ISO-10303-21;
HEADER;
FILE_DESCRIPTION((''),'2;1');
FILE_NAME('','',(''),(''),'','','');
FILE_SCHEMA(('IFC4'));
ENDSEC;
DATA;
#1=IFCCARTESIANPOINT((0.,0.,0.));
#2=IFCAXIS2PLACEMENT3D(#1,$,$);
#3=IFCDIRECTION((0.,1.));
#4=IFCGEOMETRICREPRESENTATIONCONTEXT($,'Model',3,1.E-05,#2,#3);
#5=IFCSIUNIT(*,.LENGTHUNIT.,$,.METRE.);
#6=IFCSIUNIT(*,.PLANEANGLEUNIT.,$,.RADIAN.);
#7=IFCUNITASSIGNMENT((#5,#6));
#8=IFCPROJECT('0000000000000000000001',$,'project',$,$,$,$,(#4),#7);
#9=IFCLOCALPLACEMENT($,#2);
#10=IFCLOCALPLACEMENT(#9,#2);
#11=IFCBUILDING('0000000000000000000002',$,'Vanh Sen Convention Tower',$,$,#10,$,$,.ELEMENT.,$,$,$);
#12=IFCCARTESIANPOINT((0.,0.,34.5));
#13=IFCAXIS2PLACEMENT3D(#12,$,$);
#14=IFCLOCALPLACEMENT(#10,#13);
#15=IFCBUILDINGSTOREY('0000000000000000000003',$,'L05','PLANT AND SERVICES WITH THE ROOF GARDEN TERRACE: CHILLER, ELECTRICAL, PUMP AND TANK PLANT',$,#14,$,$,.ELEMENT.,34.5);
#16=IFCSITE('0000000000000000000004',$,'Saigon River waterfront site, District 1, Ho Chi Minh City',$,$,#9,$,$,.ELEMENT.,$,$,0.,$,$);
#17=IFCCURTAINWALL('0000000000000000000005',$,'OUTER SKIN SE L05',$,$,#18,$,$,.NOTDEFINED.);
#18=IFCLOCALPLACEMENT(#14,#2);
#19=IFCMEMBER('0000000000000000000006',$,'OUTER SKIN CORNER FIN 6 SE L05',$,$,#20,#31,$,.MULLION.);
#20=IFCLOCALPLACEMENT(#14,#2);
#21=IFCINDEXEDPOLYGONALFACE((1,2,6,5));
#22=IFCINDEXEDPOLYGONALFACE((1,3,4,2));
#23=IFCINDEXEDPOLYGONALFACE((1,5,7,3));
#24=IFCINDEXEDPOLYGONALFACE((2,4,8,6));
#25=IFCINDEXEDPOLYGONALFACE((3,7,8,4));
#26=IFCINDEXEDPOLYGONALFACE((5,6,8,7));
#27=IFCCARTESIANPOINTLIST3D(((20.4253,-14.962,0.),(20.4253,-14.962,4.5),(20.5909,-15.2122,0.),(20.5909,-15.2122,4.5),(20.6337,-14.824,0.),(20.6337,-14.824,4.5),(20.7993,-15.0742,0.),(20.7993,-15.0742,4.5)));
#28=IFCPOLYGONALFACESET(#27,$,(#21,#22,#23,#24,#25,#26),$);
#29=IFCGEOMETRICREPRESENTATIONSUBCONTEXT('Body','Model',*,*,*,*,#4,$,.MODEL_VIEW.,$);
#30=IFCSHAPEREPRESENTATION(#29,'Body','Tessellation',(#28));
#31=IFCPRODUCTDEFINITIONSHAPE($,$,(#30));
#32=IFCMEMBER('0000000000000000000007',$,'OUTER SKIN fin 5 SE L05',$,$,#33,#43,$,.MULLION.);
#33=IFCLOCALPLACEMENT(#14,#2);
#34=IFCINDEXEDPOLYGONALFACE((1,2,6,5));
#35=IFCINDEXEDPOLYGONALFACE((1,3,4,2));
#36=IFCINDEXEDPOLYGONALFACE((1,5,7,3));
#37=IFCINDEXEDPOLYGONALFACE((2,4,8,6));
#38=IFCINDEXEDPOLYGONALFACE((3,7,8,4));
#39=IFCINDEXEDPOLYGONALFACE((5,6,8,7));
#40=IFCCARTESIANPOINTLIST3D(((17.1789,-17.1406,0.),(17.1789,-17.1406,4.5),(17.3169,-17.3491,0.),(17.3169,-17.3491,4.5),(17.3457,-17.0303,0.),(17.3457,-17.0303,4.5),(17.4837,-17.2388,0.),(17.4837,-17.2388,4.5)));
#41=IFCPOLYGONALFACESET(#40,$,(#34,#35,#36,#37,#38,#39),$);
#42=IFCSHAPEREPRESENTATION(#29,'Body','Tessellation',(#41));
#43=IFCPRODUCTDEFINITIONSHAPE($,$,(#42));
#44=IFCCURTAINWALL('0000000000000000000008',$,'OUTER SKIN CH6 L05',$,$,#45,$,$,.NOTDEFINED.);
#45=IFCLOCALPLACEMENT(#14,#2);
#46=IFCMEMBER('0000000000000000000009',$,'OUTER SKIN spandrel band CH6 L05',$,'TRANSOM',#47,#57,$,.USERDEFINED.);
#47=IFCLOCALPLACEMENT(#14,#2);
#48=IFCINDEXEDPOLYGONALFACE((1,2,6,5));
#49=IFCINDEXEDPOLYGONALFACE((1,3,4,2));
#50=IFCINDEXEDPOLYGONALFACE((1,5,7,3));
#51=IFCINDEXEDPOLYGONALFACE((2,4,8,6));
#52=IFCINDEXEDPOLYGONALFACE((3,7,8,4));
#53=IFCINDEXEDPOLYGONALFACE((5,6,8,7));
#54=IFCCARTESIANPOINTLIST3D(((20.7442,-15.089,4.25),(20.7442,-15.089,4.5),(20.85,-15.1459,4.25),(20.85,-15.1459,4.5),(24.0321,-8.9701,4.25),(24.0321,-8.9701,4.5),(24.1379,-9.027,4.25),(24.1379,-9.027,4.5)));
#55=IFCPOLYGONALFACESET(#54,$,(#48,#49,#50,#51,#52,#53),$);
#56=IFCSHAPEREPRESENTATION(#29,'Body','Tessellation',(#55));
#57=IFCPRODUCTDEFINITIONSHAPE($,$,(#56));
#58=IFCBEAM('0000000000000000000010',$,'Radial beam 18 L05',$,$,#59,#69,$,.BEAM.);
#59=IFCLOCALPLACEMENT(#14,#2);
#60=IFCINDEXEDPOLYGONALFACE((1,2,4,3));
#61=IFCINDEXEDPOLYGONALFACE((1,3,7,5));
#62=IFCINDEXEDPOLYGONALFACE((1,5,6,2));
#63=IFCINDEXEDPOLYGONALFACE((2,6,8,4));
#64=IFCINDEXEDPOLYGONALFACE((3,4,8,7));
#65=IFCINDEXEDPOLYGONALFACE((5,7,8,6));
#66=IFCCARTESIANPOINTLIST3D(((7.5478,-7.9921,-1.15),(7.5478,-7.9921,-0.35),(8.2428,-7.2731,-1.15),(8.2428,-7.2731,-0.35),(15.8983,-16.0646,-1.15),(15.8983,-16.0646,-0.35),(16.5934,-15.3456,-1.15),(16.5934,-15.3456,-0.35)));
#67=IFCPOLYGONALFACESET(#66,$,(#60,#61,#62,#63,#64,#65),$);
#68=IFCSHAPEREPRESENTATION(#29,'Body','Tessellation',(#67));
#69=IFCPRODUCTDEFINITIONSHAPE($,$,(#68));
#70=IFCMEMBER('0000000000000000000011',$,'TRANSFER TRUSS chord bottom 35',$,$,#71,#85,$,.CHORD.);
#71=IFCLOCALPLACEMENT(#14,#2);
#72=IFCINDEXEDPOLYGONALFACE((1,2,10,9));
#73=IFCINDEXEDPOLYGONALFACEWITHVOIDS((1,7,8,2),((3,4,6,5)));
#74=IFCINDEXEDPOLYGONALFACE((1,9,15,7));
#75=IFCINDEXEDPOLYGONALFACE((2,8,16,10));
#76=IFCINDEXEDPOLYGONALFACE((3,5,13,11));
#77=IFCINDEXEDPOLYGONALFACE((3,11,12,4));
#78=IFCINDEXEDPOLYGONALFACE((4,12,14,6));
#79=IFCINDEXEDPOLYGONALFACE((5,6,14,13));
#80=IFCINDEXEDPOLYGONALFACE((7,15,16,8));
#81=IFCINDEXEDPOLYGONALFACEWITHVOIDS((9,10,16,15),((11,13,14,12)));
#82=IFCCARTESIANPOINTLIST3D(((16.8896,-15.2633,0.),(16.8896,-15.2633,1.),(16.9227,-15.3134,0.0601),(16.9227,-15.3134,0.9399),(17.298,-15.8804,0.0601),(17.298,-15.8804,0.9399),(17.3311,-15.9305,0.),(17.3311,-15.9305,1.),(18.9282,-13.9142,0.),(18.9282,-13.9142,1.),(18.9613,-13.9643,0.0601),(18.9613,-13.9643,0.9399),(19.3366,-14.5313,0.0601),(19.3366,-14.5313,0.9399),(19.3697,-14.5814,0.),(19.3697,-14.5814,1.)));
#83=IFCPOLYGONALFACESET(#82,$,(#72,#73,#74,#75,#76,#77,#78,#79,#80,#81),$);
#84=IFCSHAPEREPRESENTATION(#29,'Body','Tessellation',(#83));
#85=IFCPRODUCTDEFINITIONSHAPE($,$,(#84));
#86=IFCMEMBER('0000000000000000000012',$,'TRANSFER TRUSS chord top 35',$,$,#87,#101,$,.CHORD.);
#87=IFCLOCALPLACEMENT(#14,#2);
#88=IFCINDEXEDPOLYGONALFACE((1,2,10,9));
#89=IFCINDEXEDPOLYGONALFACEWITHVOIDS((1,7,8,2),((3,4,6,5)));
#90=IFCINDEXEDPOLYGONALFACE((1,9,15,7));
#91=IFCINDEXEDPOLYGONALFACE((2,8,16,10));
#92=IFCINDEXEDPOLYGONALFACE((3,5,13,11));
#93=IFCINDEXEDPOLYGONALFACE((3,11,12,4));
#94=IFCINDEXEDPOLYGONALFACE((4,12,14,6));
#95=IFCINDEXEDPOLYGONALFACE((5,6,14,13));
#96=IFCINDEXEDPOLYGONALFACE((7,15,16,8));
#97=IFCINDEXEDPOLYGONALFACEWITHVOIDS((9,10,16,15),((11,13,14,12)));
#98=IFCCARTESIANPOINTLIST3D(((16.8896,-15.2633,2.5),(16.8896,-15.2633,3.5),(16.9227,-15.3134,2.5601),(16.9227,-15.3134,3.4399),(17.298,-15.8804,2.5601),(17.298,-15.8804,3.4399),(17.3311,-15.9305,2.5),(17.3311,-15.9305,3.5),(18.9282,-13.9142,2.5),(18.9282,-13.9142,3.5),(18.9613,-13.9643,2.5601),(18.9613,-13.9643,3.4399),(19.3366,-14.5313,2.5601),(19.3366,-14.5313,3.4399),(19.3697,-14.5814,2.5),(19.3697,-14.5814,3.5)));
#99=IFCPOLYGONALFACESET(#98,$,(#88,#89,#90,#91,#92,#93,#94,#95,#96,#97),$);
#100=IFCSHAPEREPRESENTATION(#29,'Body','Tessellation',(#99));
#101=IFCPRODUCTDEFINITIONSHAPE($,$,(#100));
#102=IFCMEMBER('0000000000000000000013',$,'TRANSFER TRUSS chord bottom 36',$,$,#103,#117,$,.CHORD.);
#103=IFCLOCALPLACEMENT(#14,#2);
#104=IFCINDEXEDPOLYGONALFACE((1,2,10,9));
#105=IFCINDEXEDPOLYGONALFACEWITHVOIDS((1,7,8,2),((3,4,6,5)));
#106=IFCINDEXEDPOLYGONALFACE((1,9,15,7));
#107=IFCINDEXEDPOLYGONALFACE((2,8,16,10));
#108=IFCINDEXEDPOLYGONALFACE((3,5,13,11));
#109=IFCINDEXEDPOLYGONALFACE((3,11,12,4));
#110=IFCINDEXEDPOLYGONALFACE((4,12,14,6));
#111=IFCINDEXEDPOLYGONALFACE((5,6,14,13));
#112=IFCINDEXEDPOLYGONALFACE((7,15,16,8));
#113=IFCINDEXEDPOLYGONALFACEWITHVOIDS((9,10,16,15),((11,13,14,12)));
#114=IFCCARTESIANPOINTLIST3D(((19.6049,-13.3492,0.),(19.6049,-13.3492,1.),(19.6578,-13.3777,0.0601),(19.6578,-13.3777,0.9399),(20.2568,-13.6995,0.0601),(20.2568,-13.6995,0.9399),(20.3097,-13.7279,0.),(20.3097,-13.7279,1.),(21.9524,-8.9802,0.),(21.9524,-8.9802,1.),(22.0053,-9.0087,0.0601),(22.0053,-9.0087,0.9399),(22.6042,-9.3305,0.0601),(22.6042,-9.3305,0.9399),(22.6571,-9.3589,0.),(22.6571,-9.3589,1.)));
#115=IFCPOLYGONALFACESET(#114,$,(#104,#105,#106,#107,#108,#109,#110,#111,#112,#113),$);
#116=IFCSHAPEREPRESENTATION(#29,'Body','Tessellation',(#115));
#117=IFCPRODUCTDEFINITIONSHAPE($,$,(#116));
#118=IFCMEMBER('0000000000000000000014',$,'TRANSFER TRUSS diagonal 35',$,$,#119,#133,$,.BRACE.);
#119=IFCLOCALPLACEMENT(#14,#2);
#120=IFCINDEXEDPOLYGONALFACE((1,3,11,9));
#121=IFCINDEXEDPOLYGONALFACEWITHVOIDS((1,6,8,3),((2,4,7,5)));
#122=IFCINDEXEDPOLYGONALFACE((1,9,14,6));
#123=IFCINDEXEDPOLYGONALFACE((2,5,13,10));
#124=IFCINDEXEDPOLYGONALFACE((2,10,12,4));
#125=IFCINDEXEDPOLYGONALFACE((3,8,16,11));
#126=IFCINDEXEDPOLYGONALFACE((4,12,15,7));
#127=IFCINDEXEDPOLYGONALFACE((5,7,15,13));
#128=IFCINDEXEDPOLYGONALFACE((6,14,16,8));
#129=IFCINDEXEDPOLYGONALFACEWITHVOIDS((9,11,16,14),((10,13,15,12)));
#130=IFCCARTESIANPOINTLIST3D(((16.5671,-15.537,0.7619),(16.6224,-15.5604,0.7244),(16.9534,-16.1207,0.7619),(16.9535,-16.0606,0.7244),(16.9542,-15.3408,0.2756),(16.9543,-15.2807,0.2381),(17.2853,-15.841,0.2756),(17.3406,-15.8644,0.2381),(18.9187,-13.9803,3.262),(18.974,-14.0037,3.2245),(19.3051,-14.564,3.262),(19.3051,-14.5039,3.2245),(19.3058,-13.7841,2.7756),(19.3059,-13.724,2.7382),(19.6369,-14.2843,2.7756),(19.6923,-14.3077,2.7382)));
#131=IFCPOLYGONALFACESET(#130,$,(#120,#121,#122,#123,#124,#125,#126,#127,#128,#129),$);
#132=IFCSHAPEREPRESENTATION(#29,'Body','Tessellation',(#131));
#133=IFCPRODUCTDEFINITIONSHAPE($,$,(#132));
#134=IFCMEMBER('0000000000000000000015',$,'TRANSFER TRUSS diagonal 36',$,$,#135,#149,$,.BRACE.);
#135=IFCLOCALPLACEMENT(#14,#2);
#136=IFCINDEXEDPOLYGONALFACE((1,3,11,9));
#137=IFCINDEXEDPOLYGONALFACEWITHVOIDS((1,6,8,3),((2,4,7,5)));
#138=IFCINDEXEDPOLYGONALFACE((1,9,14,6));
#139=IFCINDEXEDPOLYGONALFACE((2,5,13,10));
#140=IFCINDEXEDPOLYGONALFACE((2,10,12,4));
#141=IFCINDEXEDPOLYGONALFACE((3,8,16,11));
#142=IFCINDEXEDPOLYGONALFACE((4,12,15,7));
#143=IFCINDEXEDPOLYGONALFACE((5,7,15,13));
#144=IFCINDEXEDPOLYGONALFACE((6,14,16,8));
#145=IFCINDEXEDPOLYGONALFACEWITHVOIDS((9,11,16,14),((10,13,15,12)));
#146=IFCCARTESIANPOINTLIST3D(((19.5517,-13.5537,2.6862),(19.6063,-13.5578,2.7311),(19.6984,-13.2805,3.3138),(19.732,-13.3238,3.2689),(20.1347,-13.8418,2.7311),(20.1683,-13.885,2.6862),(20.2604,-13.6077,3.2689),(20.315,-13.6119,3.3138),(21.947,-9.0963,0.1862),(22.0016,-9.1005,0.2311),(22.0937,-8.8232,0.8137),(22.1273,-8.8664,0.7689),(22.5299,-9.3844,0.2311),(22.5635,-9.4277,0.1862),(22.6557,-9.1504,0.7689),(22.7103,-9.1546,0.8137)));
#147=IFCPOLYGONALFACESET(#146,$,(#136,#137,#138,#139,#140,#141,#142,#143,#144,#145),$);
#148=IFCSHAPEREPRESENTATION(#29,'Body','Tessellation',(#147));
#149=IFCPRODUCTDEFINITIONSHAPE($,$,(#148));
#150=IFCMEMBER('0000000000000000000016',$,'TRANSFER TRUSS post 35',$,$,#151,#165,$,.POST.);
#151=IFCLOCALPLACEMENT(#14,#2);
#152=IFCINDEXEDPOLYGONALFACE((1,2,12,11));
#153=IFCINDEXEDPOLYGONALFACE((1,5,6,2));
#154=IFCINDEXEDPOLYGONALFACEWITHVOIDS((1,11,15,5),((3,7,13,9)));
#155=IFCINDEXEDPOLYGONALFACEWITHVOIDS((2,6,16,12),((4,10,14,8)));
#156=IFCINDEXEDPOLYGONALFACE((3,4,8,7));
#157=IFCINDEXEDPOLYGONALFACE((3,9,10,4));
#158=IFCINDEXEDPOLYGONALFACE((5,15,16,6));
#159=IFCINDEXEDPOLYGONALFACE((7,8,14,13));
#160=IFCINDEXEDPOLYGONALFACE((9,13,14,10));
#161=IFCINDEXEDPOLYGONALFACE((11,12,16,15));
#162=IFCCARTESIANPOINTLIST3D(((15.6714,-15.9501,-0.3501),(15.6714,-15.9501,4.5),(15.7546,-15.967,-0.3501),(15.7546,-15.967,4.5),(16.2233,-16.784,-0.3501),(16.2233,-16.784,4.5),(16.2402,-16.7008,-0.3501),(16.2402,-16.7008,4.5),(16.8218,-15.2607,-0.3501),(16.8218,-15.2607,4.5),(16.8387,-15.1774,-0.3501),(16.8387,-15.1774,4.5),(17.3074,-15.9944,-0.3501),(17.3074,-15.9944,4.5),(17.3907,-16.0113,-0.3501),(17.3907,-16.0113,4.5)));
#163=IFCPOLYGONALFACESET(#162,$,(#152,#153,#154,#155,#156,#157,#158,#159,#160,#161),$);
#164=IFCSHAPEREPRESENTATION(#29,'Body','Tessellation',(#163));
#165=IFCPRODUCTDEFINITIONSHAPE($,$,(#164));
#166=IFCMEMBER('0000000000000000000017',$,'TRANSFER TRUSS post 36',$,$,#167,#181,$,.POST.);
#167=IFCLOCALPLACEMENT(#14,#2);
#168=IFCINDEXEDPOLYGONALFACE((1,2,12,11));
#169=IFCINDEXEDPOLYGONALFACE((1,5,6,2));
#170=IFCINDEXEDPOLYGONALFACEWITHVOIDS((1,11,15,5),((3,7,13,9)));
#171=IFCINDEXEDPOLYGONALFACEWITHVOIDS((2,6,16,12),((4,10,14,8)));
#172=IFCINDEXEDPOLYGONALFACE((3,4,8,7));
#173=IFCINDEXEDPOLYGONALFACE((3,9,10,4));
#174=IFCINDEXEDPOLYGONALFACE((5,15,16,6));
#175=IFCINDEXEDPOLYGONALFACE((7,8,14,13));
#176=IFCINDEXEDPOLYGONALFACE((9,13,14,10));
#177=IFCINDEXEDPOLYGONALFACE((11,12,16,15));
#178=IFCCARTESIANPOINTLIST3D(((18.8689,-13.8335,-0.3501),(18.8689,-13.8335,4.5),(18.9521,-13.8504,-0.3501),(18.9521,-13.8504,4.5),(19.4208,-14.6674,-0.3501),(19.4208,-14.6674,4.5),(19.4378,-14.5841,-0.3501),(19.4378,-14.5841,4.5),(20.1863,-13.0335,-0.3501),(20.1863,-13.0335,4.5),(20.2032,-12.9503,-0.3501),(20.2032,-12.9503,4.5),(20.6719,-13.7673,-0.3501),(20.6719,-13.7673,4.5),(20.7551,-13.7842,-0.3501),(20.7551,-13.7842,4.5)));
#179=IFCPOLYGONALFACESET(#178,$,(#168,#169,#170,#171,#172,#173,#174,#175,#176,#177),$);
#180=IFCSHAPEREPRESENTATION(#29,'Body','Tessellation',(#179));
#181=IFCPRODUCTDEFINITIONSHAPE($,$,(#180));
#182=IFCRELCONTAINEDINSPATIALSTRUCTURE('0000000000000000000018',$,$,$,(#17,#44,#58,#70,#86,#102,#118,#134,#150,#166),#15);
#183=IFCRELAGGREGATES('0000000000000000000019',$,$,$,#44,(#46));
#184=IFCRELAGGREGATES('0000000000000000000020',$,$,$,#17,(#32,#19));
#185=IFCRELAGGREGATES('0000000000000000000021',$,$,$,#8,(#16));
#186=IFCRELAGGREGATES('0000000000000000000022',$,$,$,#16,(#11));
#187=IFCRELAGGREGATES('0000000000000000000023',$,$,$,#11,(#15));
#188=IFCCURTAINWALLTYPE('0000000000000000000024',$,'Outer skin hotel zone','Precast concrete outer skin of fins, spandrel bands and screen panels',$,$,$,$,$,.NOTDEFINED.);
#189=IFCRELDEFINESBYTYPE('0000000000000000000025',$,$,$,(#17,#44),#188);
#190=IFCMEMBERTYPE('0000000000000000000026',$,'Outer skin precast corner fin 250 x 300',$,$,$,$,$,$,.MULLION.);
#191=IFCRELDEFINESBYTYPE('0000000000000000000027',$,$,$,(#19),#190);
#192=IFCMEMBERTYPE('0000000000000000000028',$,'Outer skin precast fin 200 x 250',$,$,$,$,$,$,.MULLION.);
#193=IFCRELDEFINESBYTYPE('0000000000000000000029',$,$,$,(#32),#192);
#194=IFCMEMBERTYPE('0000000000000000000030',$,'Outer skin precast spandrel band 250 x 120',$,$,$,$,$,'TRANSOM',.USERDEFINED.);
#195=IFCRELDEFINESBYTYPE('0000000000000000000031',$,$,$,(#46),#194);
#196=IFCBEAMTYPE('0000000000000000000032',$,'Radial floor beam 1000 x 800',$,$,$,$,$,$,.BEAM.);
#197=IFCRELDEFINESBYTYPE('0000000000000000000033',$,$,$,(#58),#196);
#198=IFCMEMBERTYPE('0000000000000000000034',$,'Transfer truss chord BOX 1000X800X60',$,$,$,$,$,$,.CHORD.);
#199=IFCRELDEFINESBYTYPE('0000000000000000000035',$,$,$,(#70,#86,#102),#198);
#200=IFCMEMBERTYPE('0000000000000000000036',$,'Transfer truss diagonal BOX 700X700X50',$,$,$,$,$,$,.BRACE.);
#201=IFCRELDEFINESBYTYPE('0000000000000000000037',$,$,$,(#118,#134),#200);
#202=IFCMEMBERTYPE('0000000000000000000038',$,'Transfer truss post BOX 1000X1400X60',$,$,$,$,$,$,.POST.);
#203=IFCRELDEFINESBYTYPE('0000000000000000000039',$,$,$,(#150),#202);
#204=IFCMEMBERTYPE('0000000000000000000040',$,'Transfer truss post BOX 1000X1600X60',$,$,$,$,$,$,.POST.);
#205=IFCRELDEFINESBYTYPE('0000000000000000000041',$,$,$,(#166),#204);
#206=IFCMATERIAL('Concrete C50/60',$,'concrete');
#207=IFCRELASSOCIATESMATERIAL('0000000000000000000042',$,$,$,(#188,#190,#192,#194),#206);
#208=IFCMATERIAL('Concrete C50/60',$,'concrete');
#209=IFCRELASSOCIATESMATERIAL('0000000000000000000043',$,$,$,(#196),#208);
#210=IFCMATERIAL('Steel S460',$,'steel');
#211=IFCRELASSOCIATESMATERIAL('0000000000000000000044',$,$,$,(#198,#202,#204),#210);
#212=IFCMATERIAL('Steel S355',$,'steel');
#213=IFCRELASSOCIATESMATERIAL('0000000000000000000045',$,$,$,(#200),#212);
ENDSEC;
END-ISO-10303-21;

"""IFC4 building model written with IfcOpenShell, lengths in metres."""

from ifc_helpers import new_model, si_unit, direction, frame, origin, origin_2d, place, context, subcontext, project, spatial, rectangle, hollow_rectangle, extrude, material, material_profile, profile_set, type_object, element, aggregate, save


model = new_model("IFC4")

# Units and contexts
model_context = context("Model", 3, precision=1e-05, world=origin(), true_north=direction((0.0, 1.0)))
body_context = subcontext(model_context, "Body", "Model", "MODEL_VIEW")
ifc_project = project(units=[si_unit("LENGTHUNIT", "METRE"), si_unit("PLANEANGLEUNIT", "RADIAN")], contexts=[model_context])

# Site, building, storey
site_placement = place(None, origin())
site = spatial("IfcSite", under=ifc_project, at=site_placement, Name="Saigon River waterfront site, District 1, Ho Chi Minh City", CompositionType="ELEMENT", RefElevation=0.0)
building_placement = place(site_placement, origin())
building = spatial("IfcBuilding", under=site, at=building_placement, Name="Vanh Sen Convention Tower", CompositionType="ELEMENT")
storey_placement = place(building_placement, frame((0.0, 0.0, 34.5)))
storey = spatial("IfcBuildingStorey", under=building, at=storey_placement, Name="L05", Description="PLANT AND SERVICES WITH THE ROOF GARDEN TERRACE: CHILLER, ELECTRICAL, PUMP AND TANK PLANT", CompositionType="ELEMENT", Elevation=34.5)

# Curtain wall, members
ifc_material_1 = material(Name="Concrete C50/60", Category="concrete")
curtain_wall_type = type_object("IfcCurtainWallType", Name="Outer skin hotel zone", Description="Precast concrete outer skin of fins, spandrel bands and screen panels", PredefinedType="NOTDEFINED", material=ifc_material_1)
curtain_wall_1_placement = place(storey_placement, origin())
curtain_wall_1 = element("IfcCurtainWall", 1, at=curtain_wall_1_placement, inside=storey, type_object=curtain_wall_type, Name="OUTER SKIN SE L05", PredefinedType="NOTDEFINED")
ifc_material_profile_1 = material_profile(ifc_material_1, rectangle(XDim=0.25, YDim=0.3, at=origin_2d()), Name="Outer skin precast corner fin 250 x 300")
ifc_profile_set_1 = profile_set([ifc_material_profile_1], Name="Concrete C50/60")
member_type_1 = type_object("IfcMemberType", Name="Outer skin precast corner fin 250 x 300", PredefinedType="MULLION", material=ifc_profile_set_1)
member_1_placement = place(storey_placement, frame((20.6123, -15.0181, 0.0), z_axis=(0.0, 0.0, 1.0), x_axis=(0.833886, 0.551937, 0.0)))
member_1 = element("IfcMember", 2, at=member_1_placement, type_object=member_type_1, Name="OUTER SKIN CORNER FIN 6 SE L05", PredefinedType="MULLION", context=body_context, shape_type="SweptSolid", body=[
    extrude(rectangle(XDim=0.25, YDim=0.3, at=origin_2d()), origin(), (0.0, 0.0, 1.0), 4.5),
])
ifc_material_profile_2 = material_profile(ifc_material_1, rectangle(XDim=0.2, YDim=0.25, at=origin_2d()), Name="Outer skin precast fin 200 x 250")
ifc_profile_set_2 = profile_set([ifc_material_profile_2], Name="Concrete C50/60")
member_type_2 = type_object("IfcMemberType", Name="Outer skin precast fin 200 x 250", PredefinedType="MULLION", material=ifc_profile_set_2)
member_2_placement = place(storey_placement, frame((17.3313, -17.1897, 0.0), z_axis=(0.0, 0.0, 1.0), x_axis=(0.833886, 0.551937, 0.0)))
member_2 = element("IfcMember", 3, at=member_2_placement, type_object=member_type_2, Name="OUTER SKIN fin 5 SE L05", PredefinedType="MULLION", context=body_context, shape_type="SweptSolid", body=[
    extrude(rectangle(XDim=0.2, YDim=0.25, at=origin_2d()), origin(), (0.0, 0.0, 1.0), 4.5),
])

# Curtain wall, member
curtain_wall_2_placement = place(storey_placement, origin())
curtain_wall_2 = element("IfcCurtainWall", 4, at=curtain_wall_2_placement, inside=storey, type_object=curtain_wall_type, Name="OUTER SKIN CH6 L05", PredefinedType="NOTDEFINED")
ifc_material_profile_3 = material_profile(ifc_material_1, rectangle(XDim=0.1201, YDim=0.25, at=origin_2d()), Name="Outer skin precast spandrel band 250 x 120")
ifc_profile_set_3 = profile_set([ifc_material_profile_3], Name="Concrete C50/60")
member_type_3 = type_object("IfcMemberType", Name="Outer skin precast spandrel band 250 x 120", ElementType="TRANSOM", PredefinedType="USERDEFINED", material=ifc_profile_set_3)
member_3_placement = place(storey_placement, frame((20.7971, -15.1174, 4.375), z_axis=(0.473324, 0.880888, 0.0), x_axis=(-0.880888, 0.473324, 0.0)))
member_3 = element("IfcMember", 5, at=member_3_placement, type_object=member_type_3, Name="OUTER SKIN spandrel band CH6 L05", ObjectType="TRANSOM", PredefinedType="USERDEFINED", context=body_context, shape_type="SweptSolid", body=[
    extrude(rectangle(XDim=0.1201, YDim=0.25, at=origin_2d()), origin(), (0.0, 0.0, 1.0), 6.9463),
])
aggregate(curtain_wall_2, [member_3])

# Beam
ifc_material_2 = material(Name="Concrete C50/60", Category="concrete")
ifc_material_profile_4 = material_profile(ifc_material_2, rectangle(XDim=1.0, YDim=0.8, at=origin_2d()), Name="RC 1000X800")
ifc_profile_set_4 = profile_set([ifc_material_profile_4], Name="Concrete C50/60")
beam_type = type_object("IfcBeamType", Name="Radial floor beam 1000 x 800", PredefinedType="BEAM", material=ifc_profile_set_4)
beam_placement = place(storey_placement, frame((16.2458, -15.7051, -0.75), z_axis=(-0.718976, 0.695034, 0.0), x_axis=(-0.695034, -0.718976, 0.0)))
element("IfcBeam", 6, at=beam_placement, inside=storey, type_object=beam_type, Name="Radial beam 18 L05", PredefinedType="BEAM", context=body_context, shape_type="SweptSolid", body=[
    extrude(rectangle(XDim=1.0, YDim=0.8, at=origin_2d()), origin(), (0.0, 0.0, 1.0), 11.6145),
])

# Members
ifc_material_3 = material(Name="Steel S460", Category="steel")
ifc_material_profile_5 = material_profile(ifc_material_3, hollow_rectangle(XDim=0.8, YDim=1.0, WallThickness=0.0601, at=origin_2d()), Name="BOX 1000X800X60")
ifc_profile_set_5 = profile_set([ifc_material_profile_5], Name="Steel S460")
member_type_4 = type_object("IfcMemberType", Name="Transfer truss chord BOX 1000X800X60", PredefinedType="CHORD", material=ifc_profile_set_5)
for number, where, z_axis, x_axis, name in (
    (7, (17.1104, -15.5969, 0.5), (0.83392, 0.551885, 0.0), (-0.551885, 0.83392, 0.0), "TRANSFER TRUSS chord bottom 35"),
    (8, (17.1104, -15.5969, 3.0), (0.83392, 0.551885, 0.0), (-0.551885, 0.83392, 0.0), "TRANSFER TRUSS chord top 35"),
):
    element("IfcMember", number, at=place(storey_placement, frame(where, z_axis=z_axis, x_axis=x_axis)), inside=storey, type_object=member_type_4, Name=name, PredefinedType="CHORD", context=body_context, shape_type="SweptSolid", body=[
        extrude(hollow_rectangle(XDim=0.8, YDim=1.0, WallThickness=0.0601, at=origin_2d()), origin(), (0.0, 0.0, 1.0), 2.4446),
    ])
member_4_placement = place(storey_placement, frame((19.9573, -13.5386, 0.5), z_axis=(0.473307, 0.880898, 0.0), x_axis=(-0.880898, 0.473307, 0.0)))
element("IfcMember", 9, at=member_4_placement, inside=storey, type_object=member_type_4, Name="TRANSFER TRUSS chord bottom 36", PredefinedType="CHORD", context=body_context, shape_type="SweptSolid", body=[
    extrude(hollow_rectangle(XDim=0.8, YDim=1.0, WallThickness=0.0601, at=origin_2d()), origin(), (0.0, 0.0, 1.0), 4.9597),
])
ifc_material_4 = material(Name="Steel S355", Category="steel")
ifc_material_profile_6 = material_profile(ifc_material_4, hollow_rectangle(XDim=0.7, YDim=0.7, WallThickness=0.05, at=origin_2d()), Name="BOX 700X700X50")
ifc_profile_set_6 = profile_set([ifc_material_profile_6], Name="Steel S355")
member_type_5 = type_object("IfcMemberType", Name="Transfer truss diagonal BOX 700X700X50", PredefinedType="BRACE", material=ifc_profile_set_6)
member_5_placement = place(storey_placement, frame((16.9539, -15.7007, 0.5), z_axis=(0.623975, 0.413046, 0.663362), x_axis=(-0.55198, 0.833857, 0.0)))
element("IfcMember", 10, at=member_5_placement, inside=storey, type_object=member_type_5, Name="TRANSFER TRUSS diagonal 35", PredefinedType="BRACE", context=body_context, shape_type="SweptSolid", body=[
    extrude(hollow_rectangle(XDim=0.7, YDim=0.7, WallThickness=0.05, at=origin_2d()), origin(), (0.0, 0.0, 1.0), 3.7688),
])
member_6_placement = place(storey_placement, frame((19.9333, -13.5828, 3.0), z_axis=(0.424392, 0.789739, -0.442949), x_axis=(-0.880867, 0.473363, 0.0)))
element("IfcMember", 11, at=member_6_placement, inside=storey, type_object=member_type_5, Name="TRANSFER TRUSS diagonal 36", PredefinedType="BRACE", context=body_context, shape_type="SweptSolid", body=[
    extrude(hollow_rectangle(XDim=0.7, YDim=0.7, WallThickness=0.05, at=origin_2d()), origin(), (0.0, 0.0, 1.0), 5.644),
])
ifc_material_profile_7 = material_profile(ifc_material_3, hollow_rectangle(XDim=1.3999, YDim=1.0, WallThickness=0.0601, at=origin_2d()), Name="BOX 1000X1400X60")
ifc_profile_set_7 = profile_set([ifc_material_profile_7], Name="Steel S460")
member_type_6 = type_object("IfcMemberType", Name="Transfer truss post BOX 1000X1400X60", PredefinedType="POST", material=ifc_profile_set_7)
member_7_placement = place(storey_placement, frame((16.531, -15.9807, -0.3501), z_axis=(0.0, 0.0, 1.0), x_axis=(0.833886, 0.551937, 0.0)))
element("IfcMember", 12, at=member_7_placement, inside=storey, type_object=member_type_6, Name="TRANSFER TRUSS post 35", PredefinedType="POST", context=body_context, shape_type="SweptSolid", body=[
    extrude(hollow_rectangle(XDim=1.3999, YDim=1.0, WallThickness=0.0601, at=origin_2d()), origin(), (0.0, 0.0, 1.0), 4.8501),
])
ifc_material_profile_8 = material_profile(ifc_material_3, hollow_rectangle(XDim=1.6001, YDim=1.0, WallThickness=0.0601, at=origin_2d()), Name="BOX 1000X1600X60")
ifc_profile_set_8 = profile_set([ifc_material_profile_8], Name="Steel S460")
member_type_7 = type_object("IfcMemberType", Name="Transfer truss post BOX 1000X1600X60", PredefinedType="POST", material=ifc_profile_set_8)
member_8_placement = place(storey_placement, frame((19.812, -13.8088, -0.3501), z_axis=(0.0, 0.0, 1.0), x_axis=(0.833886, 0.551937, 0.0)))
element("IfcMember", 13, at=member_8_placement, inside=storey, type_object=member_type_7, Name="TRANSFER TRUSS post 36", PredefinedType="POST", context=body_context, shape_type="SweptSolid", body=[
    extrude(hollow_rectangle(XDim=1.6001, YDim=1.0, WallThickness=0.0601, at=origin_2d()), origin(), (0.0, 0.0, 1.0), 4.8501),
])

aggregate(curtain_wall_1, [member_2, member_1])

save(model, "model.ifc")
